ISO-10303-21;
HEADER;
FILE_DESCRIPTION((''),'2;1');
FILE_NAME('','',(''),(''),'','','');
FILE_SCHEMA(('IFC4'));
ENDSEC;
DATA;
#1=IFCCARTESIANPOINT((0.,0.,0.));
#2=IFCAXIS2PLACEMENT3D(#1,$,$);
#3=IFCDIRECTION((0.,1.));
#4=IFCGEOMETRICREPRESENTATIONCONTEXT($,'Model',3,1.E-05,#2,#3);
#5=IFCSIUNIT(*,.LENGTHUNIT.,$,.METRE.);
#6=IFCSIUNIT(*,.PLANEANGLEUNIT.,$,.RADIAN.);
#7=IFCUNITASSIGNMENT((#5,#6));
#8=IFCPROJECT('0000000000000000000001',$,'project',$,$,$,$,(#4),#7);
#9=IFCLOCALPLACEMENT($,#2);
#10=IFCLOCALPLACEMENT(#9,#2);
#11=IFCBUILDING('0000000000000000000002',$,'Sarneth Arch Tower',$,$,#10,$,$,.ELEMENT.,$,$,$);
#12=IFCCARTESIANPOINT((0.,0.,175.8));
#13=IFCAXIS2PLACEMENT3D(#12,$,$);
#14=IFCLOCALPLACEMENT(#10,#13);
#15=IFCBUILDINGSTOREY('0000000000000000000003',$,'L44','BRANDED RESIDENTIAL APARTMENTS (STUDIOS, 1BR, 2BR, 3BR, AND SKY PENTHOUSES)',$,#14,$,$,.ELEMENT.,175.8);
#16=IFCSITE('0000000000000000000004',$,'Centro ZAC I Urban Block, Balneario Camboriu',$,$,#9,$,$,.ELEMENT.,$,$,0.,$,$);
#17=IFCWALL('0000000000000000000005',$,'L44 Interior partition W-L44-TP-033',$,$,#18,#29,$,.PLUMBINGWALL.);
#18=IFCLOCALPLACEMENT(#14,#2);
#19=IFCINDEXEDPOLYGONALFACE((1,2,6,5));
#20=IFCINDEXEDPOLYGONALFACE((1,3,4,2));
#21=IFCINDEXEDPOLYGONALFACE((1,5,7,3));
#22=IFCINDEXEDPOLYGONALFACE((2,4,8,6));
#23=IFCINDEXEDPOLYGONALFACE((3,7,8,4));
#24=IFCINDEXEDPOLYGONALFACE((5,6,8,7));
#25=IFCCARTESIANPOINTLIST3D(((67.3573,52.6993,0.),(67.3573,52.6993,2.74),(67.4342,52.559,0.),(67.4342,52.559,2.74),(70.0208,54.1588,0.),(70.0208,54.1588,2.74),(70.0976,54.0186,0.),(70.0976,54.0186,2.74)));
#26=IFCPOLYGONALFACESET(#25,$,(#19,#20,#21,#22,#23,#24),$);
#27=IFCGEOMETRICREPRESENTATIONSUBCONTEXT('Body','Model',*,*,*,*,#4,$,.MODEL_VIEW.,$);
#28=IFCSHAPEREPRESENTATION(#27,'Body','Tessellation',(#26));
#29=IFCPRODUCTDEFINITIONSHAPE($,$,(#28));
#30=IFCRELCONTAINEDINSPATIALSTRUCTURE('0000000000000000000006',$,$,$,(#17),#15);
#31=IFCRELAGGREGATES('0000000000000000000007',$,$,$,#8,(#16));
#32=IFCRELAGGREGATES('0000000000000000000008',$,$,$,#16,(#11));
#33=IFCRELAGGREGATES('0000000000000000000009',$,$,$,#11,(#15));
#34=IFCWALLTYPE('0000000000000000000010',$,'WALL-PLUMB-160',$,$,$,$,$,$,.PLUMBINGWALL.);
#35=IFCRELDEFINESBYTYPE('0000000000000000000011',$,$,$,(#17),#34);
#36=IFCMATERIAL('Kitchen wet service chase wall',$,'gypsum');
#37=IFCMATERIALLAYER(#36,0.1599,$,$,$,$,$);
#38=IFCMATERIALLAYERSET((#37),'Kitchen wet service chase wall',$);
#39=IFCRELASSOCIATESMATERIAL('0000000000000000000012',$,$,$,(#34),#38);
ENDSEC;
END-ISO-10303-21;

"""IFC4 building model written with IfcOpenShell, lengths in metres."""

from ifc_helpers import new_model, si_unit, direction, frame, frame_2d, origin, place, context, subcontext, project, spatial, rectangle, extrude, material, layer, layer_set, type_object, element, save


model = new_model("IFC4")

# Units and contexts
model_context = context("Model", 3, precision=1e-05, world=origin(), true_north=direction((0.0, 1.0)))
body_context = subcontext(model_context, "Body", "Model", "MODEL_VIEW")
ifc_project = project(units=[si_unit("LENGTHUNIT", "METRE"), si_unit("PLANEANGLEUNIT", "RADIAN")], contexts=[model_context])

# Site, building, storey
site_placement = place(None, origin())
site = spatial("IfcSite", under=ifc_project, at=site_placement, Name="Centro ZAC I Urban Block, Balneario Camboriu", CompositionType="ELEMENT", RefElevation=0.0)
building_placement = place(site_placement, origin())
building = spatial("IfcBuilding", under=site, at=building_placement, Name="Sarneth Arch Tower", CompositionType="ELEMENT")
storey_placement = place(building_placement, frame((0.0, 0.0, 175.8)))
storey = spatial("IfcBuildingStorey", under=building, at=storey_placement, Name="L44", Description="BRANDED RESIDENTIAL APARTMENTS (STUDIOS, 1BR, 2BR, 3BR, AND SKY PENTHOUSES)", CompositionType="ELEMENT", Elevation=175.8)

# Wall
ifc_material_1 = material(Name="Kitchen wet service chase wall", Category="gypsum")
ifc_layer_1 = layer(ifc_material_1, 0.1599)
ifc_layer_set_1 = layer_set([ifc_layer_1], Name="Kitchen wet service chase wall")
wall_type_1 = type_object("IfcWallType", Name="WALL-PLUMB-160", PredefinedType="PLUMBINGWALL", material=ifc_layer_set_1)
wall_1_placement = place(storey_placement, frame((67.3958, 52.6292, 0.0), z_axis=(0.0, 0.0, 1.0), x_axis=(0.87696, 0.480563, 0.0)))
element("IfcWall", 1, at=wall_1_placement, inside=storey, type_object=wall_type_1, Name="L44 Interior partition W-L44-TP-033", PredefinedType="PLUMBINGWALL", context=body_context, shape_type="SweptSolid", body=[
    extrude(rectangle(XDim=3.0371, YDim=0.1599, at=frame_2d((1.5186, 0.0))), origin(), (0.0, 0.0, 1.0), 2.74),
])

save(model, "model.ifc")
